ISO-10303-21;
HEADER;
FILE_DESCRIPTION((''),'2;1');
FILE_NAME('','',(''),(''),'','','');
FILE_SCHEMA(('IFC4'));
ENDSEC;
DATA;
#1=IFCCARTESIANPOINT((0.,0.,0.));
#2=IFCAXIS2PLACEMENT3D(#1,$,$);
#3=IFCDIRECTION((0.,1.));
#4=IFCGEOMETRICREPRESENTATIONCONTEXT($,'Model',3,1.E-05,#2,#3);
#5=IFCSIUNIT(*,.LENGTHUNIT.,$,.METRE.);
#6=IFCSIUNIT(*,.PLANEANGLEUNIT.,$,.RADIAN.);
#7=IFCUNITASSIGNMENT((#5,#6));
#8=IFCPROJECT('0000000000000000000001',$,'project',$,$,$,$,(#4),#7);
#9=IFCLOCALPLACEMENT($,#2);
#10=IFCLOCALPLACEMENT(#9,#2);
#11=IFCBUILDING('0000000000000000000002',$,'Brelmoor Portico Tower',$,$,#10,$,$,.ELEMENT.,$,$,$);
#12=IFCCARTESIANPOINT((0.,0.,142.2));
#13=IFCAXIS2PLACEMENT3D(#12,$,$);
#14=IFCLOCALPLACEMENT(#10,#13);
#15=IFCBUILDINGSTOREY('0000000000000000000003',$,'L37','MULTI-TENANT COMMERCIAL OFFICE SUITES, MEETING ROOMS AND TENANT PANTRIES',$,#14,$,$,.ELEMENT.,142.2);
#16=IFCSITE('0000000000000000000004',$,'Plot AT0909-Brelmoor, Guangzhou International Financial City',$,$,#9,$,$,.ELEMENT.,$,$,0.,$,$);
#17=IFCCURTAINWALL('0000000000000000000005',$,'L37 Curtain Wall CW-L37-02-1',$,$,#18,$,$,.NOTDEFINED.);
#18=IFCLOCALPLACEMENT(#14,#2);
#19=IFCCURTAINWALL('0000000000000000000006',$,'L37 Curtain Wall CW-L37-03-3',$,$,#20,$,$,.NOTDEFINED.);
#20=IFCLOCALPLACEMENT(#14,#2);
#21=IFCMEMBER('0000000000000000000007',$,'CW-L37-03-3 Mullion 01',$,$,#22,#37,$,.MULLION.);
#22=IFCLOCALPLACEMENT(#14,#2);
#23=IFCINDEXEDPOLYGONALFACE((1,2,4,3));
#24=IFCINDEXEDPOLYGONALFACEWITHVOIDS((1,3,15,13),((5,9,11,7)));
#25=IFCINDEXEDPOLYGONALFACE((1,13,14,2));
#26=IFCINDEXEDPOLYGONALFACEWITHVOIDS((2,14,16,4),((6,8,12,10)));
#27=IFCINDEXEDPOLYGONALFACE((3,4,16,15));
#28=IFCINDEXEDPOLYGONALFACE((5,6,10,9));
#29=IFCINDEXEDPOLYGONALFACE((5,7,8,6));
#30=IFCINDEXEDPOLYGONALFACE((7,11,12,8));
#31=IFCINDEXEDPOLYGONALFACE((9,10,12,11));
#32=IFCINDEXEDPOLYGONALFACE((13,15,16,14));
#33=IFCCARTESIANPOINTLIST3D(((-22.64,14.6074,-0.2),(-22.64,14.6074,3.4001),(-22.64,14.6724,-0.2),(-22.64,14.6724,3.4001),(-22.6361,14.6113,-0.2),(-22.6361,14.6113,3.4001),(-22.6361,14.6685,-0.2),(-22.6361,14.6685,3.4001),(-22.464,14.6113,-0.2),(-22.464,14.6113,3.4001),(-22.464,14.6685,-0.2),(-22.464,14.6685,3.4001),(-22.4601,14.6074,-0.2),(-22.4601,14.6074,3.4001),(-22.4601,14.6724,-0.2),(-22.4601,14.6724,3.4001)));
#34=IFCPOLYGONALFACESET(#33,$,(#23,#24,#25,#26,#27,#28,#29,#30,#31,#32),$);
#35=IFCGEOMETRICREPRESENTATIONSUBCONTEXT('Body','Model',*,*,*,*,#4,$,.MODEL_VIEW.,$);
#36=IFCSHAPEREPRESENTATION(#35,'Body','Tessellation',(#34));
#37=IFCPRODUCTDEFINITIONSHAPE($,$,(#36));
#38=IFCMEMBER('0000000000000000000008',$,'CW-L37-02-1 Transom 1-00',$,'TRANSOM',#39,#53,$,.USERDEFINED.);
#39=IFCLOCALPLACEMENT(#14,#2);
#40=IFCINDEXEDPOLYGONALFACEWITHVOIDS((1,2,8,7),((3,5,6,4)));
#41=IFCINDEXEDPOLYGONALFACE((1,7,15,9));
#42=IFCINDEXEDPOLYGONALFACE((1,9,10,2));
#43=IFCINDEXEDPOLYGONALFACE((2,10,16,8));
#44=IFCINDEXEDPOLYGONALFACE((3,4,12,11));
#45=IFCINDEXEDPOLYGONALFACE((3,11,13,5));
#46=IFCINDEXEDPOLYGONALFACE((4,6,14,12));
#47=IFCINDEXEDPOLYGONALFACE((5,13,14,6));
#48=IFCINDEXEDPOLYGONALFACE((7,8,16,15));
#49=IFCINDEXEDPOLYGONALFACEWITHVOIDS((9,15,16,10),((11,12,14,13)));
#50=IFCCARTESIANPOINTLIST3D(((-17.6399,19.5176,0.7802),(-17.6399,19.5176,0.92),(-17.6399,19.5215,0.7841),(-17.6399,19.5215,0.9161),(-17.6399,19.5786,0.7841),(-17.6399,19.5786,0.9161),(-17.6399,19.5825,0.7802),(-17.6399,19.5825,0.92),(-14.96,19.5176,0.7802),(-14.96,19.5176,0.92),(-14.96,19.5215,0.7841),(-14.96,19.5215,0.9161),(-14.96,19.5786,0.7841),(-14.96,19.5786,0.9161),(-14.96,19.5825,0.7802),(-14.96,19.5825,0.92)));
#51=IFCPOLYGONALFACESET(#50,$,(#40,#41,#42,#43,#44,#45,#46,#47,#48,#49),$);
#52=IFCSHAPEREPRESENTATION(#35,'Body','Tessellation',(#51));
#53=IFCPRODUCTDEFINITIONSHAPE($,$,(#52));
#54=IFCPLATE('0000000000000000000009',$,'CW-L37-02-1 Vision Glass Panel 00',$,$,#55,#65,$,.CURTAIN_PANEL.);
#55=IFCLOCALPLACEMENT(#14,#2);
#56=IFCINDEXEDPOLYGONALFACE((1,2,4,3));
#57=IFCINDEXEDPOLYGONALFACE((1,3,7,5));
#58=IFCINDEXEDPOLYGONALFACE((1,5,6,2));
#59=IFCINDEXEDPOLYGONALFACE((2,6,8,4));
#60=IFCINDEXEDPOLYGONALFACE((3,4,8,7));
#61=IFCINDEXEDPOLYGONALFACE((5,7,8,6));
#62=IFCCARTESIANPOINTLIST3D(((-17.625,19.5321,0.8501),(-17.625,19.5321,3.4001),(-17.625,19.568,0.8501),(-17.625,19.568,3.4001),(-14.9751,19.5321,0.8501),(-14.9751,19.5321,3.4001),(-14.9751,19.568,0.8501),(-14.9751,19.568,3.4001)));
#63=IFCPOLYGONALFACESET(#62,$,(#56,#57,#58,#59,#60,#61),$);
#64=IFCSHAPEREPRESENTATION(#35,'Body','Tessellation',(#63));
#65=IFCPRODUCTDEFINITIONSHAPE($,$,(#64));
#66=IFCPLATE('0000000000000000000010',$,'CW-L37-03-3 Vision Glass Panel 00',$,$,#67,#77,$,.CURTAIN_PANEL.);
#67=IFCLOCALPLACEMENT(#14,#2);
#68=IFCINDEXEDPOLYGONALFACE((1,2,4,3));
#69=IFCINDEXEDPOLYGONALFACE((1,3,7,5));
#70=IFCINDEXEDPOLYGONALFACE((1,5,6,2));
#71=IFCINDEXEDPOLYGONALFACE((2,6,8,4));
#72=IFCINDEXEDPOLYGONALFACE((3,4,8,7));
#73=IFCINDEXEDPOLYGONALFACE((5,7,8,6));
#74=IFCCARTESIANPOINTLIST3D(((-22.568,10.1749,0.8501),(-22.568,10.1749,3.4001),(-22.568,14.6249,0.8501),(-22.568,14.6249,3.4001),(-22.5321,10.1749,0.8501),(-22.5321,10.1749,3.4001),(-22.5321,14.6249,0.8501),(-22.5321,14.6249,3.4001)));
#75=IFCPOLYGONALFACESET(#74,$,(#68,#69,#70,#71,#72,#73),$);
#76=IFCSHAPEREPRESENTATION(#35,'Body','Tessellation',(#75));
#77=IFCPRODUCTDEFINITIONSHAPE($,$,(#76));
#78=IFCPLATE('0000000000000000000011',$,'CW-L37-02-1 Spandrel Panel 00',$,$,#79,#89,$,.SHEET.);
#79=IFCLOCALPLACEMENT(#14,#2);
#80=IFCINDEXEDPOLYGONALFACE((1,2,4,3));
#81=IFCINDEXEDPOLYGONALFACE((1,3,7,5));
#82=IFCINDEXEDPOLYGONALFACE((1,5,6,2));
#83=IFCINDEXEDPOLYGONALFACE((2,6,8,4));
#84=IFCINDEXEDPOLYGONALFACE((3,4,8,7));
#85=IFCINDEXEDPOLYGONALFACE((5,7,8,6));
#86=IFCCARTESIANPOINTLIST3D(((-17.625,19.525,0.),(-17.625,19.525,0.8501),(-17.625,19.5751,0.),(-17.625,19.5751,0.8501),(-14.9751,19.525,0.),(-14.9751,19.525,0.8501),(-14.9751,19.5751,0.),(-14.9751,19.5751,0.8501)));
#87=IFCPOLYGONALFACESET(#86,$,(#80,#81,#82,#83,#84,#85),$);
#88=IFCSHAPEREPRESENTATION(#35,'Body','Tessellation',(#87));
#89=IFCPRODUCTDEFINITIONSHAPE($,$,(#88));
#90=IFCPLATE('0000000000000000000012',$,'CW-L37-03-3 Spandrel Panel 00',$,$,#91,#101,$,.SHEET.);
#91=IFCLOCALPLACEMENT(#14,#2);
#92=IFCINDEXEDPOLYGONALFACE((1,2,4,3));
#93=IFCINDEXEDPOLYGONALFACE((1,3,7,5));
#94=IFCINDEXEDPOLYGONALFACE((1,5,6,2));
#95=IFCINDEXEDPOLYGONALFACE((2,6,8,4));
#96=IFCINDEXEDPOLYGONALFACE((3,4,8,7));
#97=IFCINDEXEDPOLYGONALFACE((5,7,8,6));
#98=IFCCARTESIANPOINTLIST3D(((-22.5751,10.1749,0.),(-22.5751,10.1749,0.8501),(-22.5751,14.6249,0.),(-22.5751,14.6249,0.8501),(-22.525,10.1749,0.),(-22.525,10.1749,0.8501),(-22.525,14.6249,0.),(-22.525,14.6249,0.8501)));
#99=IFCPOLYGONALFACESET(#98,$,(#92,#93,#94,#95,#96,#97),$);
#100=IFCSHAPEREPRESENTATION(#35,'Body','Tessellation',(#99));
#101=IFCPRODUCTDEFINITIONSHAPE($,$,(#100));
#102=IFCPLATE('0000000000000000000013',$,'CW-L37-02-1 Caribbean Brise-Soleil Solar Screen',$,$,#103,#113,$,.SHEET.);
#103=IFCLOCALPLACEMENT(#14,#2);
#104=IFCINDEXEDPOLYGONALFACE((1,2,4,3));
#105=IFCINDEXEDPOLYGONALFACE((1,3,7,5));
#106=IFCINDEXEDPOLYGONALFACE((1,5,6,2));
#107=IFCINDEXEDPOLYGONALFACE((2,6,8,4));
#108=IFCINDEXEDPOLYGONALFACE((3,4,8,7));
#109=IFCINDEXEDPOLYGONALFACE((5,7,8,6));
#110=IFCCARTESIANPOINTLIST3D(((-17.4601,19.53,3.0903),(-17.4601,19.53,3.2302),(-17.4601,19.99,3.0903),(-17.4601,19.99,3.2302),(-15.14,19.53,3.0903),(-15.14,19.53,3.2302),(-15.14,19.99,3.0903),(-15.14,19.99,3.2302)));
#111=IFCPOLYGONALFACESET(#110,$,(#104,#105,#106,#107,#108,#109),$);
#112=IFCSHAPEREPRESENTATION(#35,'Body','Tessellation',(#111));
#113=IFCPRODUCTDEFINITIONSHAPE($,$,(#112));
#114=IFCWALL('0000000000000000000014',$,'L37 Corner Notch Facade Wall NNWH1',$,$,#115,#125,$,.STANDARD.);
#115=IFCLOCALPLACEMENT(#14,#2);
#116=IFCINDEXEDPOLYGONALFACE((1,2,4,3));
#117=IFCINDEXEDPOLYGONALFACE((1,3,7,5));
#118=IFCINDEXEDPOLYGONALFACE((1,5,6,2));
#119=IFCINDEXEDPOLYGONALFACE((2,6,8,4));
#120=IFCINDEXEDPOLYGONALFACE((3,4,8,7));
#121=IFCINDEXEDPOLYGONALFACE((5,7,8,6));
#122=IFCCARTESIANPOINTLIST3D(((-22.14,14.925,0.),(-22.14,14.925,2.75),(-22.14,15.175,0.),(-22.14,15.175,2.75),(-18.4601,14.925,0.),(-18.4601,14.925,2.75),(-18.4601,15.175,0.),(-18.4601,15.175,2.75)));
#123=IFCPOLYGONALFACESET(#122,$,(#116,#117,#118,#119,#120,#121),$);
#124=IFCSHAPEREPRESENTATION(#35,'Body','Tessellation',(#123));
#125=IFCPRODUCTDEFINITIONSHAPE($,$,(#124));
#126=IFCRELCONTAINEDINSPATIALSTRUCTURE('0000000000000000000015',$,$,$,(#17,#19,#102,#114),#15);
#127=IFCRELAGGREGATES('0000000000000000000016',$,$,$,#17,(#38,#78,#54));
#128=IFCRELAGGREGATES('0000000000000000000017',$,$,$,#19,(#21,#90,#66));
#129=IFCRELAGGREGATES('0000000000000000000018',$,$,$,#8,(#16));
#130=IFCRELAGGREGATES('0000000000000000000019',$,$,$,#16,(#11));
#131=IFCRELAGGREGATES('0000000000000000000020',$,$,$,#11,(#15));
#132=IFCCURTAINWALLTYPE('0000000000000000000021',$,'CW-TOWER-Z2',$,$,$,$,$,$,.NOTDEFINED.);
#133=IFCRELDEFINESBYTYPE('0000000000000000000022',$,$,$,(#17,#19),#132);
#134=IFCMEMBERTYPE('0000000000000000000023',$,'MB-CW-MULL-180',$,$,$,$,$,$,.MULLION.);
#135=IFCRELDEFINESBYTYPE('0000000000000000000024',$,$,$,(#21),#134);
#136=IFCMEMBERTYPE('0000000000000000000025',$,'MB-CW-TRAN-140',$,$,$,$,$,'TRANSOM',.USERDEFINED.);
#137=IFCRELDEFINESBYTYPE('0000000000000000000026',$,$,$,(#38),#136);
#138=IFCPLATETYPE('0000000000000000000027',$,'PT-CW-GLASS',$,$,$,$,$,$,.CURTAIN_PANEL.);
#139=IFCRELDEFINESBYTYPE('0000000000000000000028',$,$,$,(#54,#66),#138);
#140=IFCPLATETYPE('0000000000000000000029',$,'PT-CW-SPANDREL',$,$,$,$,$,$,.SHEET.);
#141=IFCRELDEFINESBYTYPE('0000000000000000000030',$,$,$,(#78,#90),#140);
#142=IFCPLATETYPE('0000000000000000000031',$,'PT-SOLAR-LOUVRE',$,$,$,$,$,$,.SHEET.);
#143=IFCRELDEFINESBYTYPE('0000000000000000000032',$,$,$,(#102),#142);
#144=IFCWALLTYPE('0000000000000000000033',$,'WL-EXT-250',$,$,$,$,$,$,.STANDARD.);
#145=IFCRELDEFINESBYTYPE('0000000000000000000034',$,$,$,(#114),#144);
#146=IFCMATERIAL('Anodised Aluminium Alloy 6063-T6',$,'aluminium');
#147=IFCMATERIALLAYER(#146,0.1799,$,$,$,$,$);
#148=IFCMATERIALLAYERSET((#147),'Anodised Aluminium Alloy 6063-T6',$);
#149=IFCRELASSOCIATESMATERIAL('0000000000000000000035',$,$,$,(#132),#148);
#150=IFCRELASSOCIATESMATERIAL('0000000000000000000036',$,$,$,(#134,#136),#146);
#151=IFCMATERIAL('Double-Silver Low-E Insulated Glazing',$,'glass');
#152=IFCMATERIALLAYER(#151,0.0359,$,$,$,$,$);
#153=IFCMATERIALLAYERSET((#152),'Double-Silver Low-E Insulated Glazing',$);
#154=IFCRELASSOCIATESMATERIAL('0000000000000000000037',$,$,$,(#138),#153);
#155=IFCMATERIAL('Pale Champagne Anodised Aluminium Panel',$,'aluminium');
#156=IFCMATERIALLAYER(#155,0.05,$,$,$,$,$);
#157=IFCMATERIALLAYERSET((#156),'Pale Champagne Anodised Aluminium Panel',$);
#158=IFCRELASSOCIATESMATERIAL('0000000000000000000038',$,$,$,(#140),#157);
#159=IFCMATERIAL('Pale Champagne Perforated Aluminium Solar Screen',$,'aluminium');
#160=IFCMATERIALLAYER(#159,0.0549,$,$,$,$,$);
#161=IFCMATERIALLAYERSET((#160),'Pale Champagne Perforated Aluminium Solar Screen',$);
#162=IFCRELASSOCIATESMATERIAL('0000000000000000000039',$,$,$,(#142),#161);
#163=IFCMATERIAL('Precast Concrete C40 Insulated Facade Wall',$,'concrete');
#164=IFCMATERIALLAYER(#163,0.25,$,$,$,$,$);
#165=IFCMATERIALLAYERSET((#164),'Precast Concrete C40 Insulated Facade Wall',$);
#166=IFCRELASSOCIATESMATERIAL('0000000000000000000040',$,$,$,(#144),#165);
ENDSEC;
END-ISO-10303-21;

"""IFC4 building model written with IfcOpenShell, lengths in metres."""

from ifc_helpers import new_model, si_unit, direction, frame, frame_2d, origin, origin_2d, place, context, subcontext, project, spatial, rectangle, hollow_rectangle, extrude, material, layer, layer_set, material_profile, profile_set, type_object, element, aggregate, save


model = new_model("IFC4")

# Units and contexts
model_context = context("Model", 3, precision=1e-05, world=origin(), true_north=direction((0.0, 1.0)))
body_context = subcontext(model_context, "Body", "Model", "MODEL_VIEW")
ifc_project = project(units=[si_unit("LENGTHUNIT", "METRE"), si_unit("PLANEANGLEUNIT", "RADIAN")], contexts=[model_context])

# Site, building, storey
site_placement = place(None, origin())
site = spatial("IfcSite", under=ifc_project, at=site_placement, Name="Plot AT0909-Brelmoor, Guangzhou International Financial City", CompositionType="ELEMENT", RefElevation=0.0)
building_placement = place(site_placement, origin())
building = spatial("IfcBuilding", under=site, at=building_placement, Name="Brelmoor Portico Tower", CompositionType="ELEMENT")
storey_placement = place(building_placement, frame((0.0, 0.0, 142.2)))
storey = spatial("IfcBuildingStorey", under=building, at=storey_placement, Name="L37", Description="MULTI-TENANT COMMERCIAL OFFICE SUITES, MEETING ROOMS AND TENANT PANTRIES", CompositionType="ELEMENT", Elevation=142.2)

# Curtain wall
ifc_material_1 = material(Name="Anodised Aluminium Alloy 6063-T6", Category="aluminium")
ifc_layer_1 = layer(ifc_material_1, 0.1799)
ifc_layer_set_1 = layer_set([ifc_layer_1], Name="Anodised Aluminium Alloy 6063-T6")
curtain_wall_type = type_object("IfcCurtainWallType", Name="CW-TOWER-Z2", PredefinedType="NOTDEFINED", material=ifc_layer_set_1)
curtain_wall_1_placement = place(storey_placement, origin())
curtain_wall_1 = element("IfcCurtainWall", 1, at=curtain_wall_1_placement, inside=storey, type_object=curtain_wall_type, Name="L37 Curtain Wall CW-L37-02-1", PredefinedType="NOTDEFINED")
ifc_material_profile_1 = material_profile(ifc_material_1, hollow_rectangle(XDim=0.0649, YDim=0.1799, WallThickness=0.0039, at=origin_2d()), Name="ALU MULLION 65x180")
ifc_profile_set_1 = profile_set([ifc_material_profile_1], Name="Anodised Aluminium Alloy 6063-T6")
member_type_1 = type_object("IfcMemberType", Name="MB-CW-MULL-180", PredefinedType="MULLION", material=ifc_profile_set_1)

# Curtain wall, member
curtain_wall_2_placement = place(storey_placement, origin())
curtain_wall_2 = element("IfcCurtainWall", 2, at=curtain_wall_2_placement, inside=storey, type_object=curtain_wall_type, Name="L37 Curtain Wall CW-L37-03-3", PredefinedType="NOTDEFINED")
member_1_placement = place(storey_placement, frame((-22.55, 14.6399, -0.2), z_axis=(0.0, 0.0, 1.0), x_axis=(0.0, 1.0, 0.0)))
member_1 = element("IfcMember", 3, at=member_1_placement, type_object=member_type_1, Name="CW-L37-03-3 Mullion 01", PredefinedType="MULLION", context=body_context, shape_type="SweptSolid", body=[
    extrude(hollow_rectangle(XDim=0.0649, YDim=0.1799, WallThickness=0.0039, at=origin_2d()), origin(), (0.0, 0.0, 1.0), 3.6001),
])

# Member
ifc_material_profile_2 = material_profile(ifc_material_1, hollow_rectangle(XDim=0.0649, YDim=0.1399, WallThickness=0.0039, at=origin_2d()), Name="ALU TRANSOM 65x140")
ifc_profile_set_2 = profile_set([ifc_material_profile_2], Name="Anodised Aluminium Alloy 6063-T6")
member_type_2 = type_object("IfcMemberType", Name="MB-CW-TRAN-140", ElementType="TRANSOM", PredefinedType="USERDEFINED", material=ifc_profile_set_2)
member_2_placement = place(storey_placement, frame((-17.6399, 19.55, 0.8501), z_axis=(1.0, 0.0, 0.0), x_axis=(0.0, 1.0, 0.0)))
member_2 = element("IfcMember", 4, at=member_2_placement, type_object=member_type_2, Name="CW-L37-02-1 Transom 1-00", ObjectType="TRANSOM", PredefinedType="USERDEFINED", context=body_context, shape_type="SweptSolid", body=[
    extrude(hollow_rectangle(XDim=0.0649, YDim=0.1399, WallThickness=0.0039, at=origin_2d()), origin(), (0.0, 0.0, 1.0), 2.6799),
])

# Plates
ifc_material_2 = material(Name="Double-Silver Low-E Insulated Glazing", Category="glass")
ifc_layer_2 = layer(ifc_material_2, 0.0359)
ifc_layer_set_2 = layer_set([ifc_layer_2], Name="Double-Silver Low-E Insulated Glazing")
plate_type_1 = type_object("IfcPlateType", Name="PT-CW-GLASS", PredefinedType="CURTAIN_PANEL", material=ifc_layer_set_2)
plate_1_placement = place(storey_placement, frame((-16.3, 19.55, 0.8501), z_axis=(0.0, 0.0, 1.0), x_axis=(1.0, 0.0, 0.0)))
plate_1 = element("IfcPlate", 5, at=plate_1_placement, type_object=plate_type_1, Name="CW-L37-02-1 Vision Glass Panel 00", PredefinedType="CURTAIN_PANEL", context=body_context, shape_type="SweptSolid", body=[
    extrude(rectangle(XDim=2.6499, YDim=0.0359, at=origin_2d()), origin(), (0.0, 0.0, 1.0), 2.55),
])
plate_2_placement = place(storey_placement, frame((-22.55, 12.3999, 0.8501), z_axis=(0.0, 0.0, 1.0), x_axis=(0.0, 1.0, 0.0)))
plate_2 = element("IfcPlate", 6, at=plate_2_placement, type_object=plate_type_1, Name="CW-L37-03-3 Vision Glass Panel 00", PredefinedType="CURTAIN_PANEL", context=body_context, shape_type="SweptSolid", body=[
    extrude(rectangle(XDim=4.45, YDim=0.0359, at=origin_2d()), origin(), (0.0, 0.0, 1.0), 2.55),
])
ifc_material_3 = material(Name="Pale Champagne Anodised Aluminium Panel", Category="aluminium")
ifc_layer_3 = layer(ifc_material_3, 0.05)
ifc_layer_set_3 = layer_set([ifc_layer_3], Name="Pale Champagne Anodised Aluminium Panel")
plate_type_2 = type_object("IfcPlateType", Name="PT-CW-SPANDREL", PredefinedType="SHEET", material=ifc_layer_set_3)
plate_3_placement = place(storey_placement, frame((-16.3, 19.55, 0.0), z_axis=(0.0, 0.0, 1.0), x_axis=(1.0, 0.0, 0.0)))
plate_3 = element("IfcPlate", 7, at=plate_3_placement, type_object=plate_type_2, Name="CW-L37-02-1 Spandrel Panel 00", PredefinedType="SHEET", context=body_context, shape_type="SweptSolid", body=[
    extrude(rectangle(XDim=2.6499, YDim=0.05, at=origin_2d()), origin(), (0.0, 0.0, 1.0), 0.8501),
])
aggregate(curtain_wall_1, [member_2, plate_3, plate_1])
plate_4_placement = place(storey_placement, frame((-22.55, 12.3999, 0.0), z_axis=(0.0, 0.0, 1.0), x_axis=(0.0, 1.0, 0.0)))
plate_4 = element("IfcPlate", 8, at=plate_4_placement, type_object=plate_type_2, Name="CW-L37-03-3 Spandrel Panel 00", PredefinedType="SHEET", context=body_context, shape_type="SweptSolid", body=[
    extrude(rectangle(XDim=4.45, YDim=0.05, at=origin_2d()), origin(), (0.0, 0.0, 1.0), 0.8501),
])
aggregate(curtain_wall_2, [member_1, plate_4, plate_2])
ifc_material_4 = material(Name="Pale Champagne Perforated Aluminium Solar Screen", Category="aluminium")
ifc_layer_4 = layer(ifc_material_4, 0.0549)
ifc_layer_set_4 = layer_set([ifc_layer_4], Name="Pale Champagne Perforated Aluminium Solar Screen")
plate_type_3 = type_object("IfcPlateType", Name="PT-SOLAR-LOUVRE", PredefinedType="SHEET", material=ifc_layer_set_4)
plate_5_placement = place(storey_placement, frame((-16.3, 19.76, 3.0903), z_axis=(0.0, 0.0, 1.0), x_axis=(1.0, 0.0, 0.0)))
element("IfcPlate", 9, at=plate_5_placement, inside=storey, type_object=plate_type_3, Name="CW-L37-02-1 Caribbean Brise-Soleil Solar Screen", PredefinedType="SHEET", context=body_context, shape_type="SweptSolid", body=[
    extrude(rectangle(XDim=2.3201, YDim=0.46, at=origin_2d()), origin(), (0.0, 0.0, 1.0), 0.1399),
])

# Wall
ifc_material_5 = material(Name="Precast Concrete C40 Insulated Facade Wall", Category="concrete")
ifc_layer_5 = layer(ifc_material_5, 0.25)
ifc_layer_set_5 = layer_set([ifc_layer_5], Name="Precast Concrete C40 Insulated Facade Wall")
wall_type_1 = type_object("IfcWallType", Name="WL-EXT-250", PredefinedType="STANDARD", material=ifc_layer_set_5)
for number, where, z_axis, x_axis, name in (
    (10, (-22.1399, 15.05, 0.0), (0.0, 0.0, 1.0), (1.0, 0.0, 0.0), "L37 Corner Notch Facade Wall NNWH1"),
):
    element("IfcWall", number, at=place(storey_placement, frame(where, z_axis=z_axis, x_axis=x_axis)), inside=storey, type_object=wall_type_1, Name=name, PredefinedType="STANDARD", context=body_context, shape_type="SweptSolid", body=[
        extrude(rectangle(XDim=3.6799, YDim=0.25, at=frame_2d((1.8398, 0.0))), origin(), (0.0, 0.0, 1.0), 2.75),
    ])

save(model, "model.ifc")
